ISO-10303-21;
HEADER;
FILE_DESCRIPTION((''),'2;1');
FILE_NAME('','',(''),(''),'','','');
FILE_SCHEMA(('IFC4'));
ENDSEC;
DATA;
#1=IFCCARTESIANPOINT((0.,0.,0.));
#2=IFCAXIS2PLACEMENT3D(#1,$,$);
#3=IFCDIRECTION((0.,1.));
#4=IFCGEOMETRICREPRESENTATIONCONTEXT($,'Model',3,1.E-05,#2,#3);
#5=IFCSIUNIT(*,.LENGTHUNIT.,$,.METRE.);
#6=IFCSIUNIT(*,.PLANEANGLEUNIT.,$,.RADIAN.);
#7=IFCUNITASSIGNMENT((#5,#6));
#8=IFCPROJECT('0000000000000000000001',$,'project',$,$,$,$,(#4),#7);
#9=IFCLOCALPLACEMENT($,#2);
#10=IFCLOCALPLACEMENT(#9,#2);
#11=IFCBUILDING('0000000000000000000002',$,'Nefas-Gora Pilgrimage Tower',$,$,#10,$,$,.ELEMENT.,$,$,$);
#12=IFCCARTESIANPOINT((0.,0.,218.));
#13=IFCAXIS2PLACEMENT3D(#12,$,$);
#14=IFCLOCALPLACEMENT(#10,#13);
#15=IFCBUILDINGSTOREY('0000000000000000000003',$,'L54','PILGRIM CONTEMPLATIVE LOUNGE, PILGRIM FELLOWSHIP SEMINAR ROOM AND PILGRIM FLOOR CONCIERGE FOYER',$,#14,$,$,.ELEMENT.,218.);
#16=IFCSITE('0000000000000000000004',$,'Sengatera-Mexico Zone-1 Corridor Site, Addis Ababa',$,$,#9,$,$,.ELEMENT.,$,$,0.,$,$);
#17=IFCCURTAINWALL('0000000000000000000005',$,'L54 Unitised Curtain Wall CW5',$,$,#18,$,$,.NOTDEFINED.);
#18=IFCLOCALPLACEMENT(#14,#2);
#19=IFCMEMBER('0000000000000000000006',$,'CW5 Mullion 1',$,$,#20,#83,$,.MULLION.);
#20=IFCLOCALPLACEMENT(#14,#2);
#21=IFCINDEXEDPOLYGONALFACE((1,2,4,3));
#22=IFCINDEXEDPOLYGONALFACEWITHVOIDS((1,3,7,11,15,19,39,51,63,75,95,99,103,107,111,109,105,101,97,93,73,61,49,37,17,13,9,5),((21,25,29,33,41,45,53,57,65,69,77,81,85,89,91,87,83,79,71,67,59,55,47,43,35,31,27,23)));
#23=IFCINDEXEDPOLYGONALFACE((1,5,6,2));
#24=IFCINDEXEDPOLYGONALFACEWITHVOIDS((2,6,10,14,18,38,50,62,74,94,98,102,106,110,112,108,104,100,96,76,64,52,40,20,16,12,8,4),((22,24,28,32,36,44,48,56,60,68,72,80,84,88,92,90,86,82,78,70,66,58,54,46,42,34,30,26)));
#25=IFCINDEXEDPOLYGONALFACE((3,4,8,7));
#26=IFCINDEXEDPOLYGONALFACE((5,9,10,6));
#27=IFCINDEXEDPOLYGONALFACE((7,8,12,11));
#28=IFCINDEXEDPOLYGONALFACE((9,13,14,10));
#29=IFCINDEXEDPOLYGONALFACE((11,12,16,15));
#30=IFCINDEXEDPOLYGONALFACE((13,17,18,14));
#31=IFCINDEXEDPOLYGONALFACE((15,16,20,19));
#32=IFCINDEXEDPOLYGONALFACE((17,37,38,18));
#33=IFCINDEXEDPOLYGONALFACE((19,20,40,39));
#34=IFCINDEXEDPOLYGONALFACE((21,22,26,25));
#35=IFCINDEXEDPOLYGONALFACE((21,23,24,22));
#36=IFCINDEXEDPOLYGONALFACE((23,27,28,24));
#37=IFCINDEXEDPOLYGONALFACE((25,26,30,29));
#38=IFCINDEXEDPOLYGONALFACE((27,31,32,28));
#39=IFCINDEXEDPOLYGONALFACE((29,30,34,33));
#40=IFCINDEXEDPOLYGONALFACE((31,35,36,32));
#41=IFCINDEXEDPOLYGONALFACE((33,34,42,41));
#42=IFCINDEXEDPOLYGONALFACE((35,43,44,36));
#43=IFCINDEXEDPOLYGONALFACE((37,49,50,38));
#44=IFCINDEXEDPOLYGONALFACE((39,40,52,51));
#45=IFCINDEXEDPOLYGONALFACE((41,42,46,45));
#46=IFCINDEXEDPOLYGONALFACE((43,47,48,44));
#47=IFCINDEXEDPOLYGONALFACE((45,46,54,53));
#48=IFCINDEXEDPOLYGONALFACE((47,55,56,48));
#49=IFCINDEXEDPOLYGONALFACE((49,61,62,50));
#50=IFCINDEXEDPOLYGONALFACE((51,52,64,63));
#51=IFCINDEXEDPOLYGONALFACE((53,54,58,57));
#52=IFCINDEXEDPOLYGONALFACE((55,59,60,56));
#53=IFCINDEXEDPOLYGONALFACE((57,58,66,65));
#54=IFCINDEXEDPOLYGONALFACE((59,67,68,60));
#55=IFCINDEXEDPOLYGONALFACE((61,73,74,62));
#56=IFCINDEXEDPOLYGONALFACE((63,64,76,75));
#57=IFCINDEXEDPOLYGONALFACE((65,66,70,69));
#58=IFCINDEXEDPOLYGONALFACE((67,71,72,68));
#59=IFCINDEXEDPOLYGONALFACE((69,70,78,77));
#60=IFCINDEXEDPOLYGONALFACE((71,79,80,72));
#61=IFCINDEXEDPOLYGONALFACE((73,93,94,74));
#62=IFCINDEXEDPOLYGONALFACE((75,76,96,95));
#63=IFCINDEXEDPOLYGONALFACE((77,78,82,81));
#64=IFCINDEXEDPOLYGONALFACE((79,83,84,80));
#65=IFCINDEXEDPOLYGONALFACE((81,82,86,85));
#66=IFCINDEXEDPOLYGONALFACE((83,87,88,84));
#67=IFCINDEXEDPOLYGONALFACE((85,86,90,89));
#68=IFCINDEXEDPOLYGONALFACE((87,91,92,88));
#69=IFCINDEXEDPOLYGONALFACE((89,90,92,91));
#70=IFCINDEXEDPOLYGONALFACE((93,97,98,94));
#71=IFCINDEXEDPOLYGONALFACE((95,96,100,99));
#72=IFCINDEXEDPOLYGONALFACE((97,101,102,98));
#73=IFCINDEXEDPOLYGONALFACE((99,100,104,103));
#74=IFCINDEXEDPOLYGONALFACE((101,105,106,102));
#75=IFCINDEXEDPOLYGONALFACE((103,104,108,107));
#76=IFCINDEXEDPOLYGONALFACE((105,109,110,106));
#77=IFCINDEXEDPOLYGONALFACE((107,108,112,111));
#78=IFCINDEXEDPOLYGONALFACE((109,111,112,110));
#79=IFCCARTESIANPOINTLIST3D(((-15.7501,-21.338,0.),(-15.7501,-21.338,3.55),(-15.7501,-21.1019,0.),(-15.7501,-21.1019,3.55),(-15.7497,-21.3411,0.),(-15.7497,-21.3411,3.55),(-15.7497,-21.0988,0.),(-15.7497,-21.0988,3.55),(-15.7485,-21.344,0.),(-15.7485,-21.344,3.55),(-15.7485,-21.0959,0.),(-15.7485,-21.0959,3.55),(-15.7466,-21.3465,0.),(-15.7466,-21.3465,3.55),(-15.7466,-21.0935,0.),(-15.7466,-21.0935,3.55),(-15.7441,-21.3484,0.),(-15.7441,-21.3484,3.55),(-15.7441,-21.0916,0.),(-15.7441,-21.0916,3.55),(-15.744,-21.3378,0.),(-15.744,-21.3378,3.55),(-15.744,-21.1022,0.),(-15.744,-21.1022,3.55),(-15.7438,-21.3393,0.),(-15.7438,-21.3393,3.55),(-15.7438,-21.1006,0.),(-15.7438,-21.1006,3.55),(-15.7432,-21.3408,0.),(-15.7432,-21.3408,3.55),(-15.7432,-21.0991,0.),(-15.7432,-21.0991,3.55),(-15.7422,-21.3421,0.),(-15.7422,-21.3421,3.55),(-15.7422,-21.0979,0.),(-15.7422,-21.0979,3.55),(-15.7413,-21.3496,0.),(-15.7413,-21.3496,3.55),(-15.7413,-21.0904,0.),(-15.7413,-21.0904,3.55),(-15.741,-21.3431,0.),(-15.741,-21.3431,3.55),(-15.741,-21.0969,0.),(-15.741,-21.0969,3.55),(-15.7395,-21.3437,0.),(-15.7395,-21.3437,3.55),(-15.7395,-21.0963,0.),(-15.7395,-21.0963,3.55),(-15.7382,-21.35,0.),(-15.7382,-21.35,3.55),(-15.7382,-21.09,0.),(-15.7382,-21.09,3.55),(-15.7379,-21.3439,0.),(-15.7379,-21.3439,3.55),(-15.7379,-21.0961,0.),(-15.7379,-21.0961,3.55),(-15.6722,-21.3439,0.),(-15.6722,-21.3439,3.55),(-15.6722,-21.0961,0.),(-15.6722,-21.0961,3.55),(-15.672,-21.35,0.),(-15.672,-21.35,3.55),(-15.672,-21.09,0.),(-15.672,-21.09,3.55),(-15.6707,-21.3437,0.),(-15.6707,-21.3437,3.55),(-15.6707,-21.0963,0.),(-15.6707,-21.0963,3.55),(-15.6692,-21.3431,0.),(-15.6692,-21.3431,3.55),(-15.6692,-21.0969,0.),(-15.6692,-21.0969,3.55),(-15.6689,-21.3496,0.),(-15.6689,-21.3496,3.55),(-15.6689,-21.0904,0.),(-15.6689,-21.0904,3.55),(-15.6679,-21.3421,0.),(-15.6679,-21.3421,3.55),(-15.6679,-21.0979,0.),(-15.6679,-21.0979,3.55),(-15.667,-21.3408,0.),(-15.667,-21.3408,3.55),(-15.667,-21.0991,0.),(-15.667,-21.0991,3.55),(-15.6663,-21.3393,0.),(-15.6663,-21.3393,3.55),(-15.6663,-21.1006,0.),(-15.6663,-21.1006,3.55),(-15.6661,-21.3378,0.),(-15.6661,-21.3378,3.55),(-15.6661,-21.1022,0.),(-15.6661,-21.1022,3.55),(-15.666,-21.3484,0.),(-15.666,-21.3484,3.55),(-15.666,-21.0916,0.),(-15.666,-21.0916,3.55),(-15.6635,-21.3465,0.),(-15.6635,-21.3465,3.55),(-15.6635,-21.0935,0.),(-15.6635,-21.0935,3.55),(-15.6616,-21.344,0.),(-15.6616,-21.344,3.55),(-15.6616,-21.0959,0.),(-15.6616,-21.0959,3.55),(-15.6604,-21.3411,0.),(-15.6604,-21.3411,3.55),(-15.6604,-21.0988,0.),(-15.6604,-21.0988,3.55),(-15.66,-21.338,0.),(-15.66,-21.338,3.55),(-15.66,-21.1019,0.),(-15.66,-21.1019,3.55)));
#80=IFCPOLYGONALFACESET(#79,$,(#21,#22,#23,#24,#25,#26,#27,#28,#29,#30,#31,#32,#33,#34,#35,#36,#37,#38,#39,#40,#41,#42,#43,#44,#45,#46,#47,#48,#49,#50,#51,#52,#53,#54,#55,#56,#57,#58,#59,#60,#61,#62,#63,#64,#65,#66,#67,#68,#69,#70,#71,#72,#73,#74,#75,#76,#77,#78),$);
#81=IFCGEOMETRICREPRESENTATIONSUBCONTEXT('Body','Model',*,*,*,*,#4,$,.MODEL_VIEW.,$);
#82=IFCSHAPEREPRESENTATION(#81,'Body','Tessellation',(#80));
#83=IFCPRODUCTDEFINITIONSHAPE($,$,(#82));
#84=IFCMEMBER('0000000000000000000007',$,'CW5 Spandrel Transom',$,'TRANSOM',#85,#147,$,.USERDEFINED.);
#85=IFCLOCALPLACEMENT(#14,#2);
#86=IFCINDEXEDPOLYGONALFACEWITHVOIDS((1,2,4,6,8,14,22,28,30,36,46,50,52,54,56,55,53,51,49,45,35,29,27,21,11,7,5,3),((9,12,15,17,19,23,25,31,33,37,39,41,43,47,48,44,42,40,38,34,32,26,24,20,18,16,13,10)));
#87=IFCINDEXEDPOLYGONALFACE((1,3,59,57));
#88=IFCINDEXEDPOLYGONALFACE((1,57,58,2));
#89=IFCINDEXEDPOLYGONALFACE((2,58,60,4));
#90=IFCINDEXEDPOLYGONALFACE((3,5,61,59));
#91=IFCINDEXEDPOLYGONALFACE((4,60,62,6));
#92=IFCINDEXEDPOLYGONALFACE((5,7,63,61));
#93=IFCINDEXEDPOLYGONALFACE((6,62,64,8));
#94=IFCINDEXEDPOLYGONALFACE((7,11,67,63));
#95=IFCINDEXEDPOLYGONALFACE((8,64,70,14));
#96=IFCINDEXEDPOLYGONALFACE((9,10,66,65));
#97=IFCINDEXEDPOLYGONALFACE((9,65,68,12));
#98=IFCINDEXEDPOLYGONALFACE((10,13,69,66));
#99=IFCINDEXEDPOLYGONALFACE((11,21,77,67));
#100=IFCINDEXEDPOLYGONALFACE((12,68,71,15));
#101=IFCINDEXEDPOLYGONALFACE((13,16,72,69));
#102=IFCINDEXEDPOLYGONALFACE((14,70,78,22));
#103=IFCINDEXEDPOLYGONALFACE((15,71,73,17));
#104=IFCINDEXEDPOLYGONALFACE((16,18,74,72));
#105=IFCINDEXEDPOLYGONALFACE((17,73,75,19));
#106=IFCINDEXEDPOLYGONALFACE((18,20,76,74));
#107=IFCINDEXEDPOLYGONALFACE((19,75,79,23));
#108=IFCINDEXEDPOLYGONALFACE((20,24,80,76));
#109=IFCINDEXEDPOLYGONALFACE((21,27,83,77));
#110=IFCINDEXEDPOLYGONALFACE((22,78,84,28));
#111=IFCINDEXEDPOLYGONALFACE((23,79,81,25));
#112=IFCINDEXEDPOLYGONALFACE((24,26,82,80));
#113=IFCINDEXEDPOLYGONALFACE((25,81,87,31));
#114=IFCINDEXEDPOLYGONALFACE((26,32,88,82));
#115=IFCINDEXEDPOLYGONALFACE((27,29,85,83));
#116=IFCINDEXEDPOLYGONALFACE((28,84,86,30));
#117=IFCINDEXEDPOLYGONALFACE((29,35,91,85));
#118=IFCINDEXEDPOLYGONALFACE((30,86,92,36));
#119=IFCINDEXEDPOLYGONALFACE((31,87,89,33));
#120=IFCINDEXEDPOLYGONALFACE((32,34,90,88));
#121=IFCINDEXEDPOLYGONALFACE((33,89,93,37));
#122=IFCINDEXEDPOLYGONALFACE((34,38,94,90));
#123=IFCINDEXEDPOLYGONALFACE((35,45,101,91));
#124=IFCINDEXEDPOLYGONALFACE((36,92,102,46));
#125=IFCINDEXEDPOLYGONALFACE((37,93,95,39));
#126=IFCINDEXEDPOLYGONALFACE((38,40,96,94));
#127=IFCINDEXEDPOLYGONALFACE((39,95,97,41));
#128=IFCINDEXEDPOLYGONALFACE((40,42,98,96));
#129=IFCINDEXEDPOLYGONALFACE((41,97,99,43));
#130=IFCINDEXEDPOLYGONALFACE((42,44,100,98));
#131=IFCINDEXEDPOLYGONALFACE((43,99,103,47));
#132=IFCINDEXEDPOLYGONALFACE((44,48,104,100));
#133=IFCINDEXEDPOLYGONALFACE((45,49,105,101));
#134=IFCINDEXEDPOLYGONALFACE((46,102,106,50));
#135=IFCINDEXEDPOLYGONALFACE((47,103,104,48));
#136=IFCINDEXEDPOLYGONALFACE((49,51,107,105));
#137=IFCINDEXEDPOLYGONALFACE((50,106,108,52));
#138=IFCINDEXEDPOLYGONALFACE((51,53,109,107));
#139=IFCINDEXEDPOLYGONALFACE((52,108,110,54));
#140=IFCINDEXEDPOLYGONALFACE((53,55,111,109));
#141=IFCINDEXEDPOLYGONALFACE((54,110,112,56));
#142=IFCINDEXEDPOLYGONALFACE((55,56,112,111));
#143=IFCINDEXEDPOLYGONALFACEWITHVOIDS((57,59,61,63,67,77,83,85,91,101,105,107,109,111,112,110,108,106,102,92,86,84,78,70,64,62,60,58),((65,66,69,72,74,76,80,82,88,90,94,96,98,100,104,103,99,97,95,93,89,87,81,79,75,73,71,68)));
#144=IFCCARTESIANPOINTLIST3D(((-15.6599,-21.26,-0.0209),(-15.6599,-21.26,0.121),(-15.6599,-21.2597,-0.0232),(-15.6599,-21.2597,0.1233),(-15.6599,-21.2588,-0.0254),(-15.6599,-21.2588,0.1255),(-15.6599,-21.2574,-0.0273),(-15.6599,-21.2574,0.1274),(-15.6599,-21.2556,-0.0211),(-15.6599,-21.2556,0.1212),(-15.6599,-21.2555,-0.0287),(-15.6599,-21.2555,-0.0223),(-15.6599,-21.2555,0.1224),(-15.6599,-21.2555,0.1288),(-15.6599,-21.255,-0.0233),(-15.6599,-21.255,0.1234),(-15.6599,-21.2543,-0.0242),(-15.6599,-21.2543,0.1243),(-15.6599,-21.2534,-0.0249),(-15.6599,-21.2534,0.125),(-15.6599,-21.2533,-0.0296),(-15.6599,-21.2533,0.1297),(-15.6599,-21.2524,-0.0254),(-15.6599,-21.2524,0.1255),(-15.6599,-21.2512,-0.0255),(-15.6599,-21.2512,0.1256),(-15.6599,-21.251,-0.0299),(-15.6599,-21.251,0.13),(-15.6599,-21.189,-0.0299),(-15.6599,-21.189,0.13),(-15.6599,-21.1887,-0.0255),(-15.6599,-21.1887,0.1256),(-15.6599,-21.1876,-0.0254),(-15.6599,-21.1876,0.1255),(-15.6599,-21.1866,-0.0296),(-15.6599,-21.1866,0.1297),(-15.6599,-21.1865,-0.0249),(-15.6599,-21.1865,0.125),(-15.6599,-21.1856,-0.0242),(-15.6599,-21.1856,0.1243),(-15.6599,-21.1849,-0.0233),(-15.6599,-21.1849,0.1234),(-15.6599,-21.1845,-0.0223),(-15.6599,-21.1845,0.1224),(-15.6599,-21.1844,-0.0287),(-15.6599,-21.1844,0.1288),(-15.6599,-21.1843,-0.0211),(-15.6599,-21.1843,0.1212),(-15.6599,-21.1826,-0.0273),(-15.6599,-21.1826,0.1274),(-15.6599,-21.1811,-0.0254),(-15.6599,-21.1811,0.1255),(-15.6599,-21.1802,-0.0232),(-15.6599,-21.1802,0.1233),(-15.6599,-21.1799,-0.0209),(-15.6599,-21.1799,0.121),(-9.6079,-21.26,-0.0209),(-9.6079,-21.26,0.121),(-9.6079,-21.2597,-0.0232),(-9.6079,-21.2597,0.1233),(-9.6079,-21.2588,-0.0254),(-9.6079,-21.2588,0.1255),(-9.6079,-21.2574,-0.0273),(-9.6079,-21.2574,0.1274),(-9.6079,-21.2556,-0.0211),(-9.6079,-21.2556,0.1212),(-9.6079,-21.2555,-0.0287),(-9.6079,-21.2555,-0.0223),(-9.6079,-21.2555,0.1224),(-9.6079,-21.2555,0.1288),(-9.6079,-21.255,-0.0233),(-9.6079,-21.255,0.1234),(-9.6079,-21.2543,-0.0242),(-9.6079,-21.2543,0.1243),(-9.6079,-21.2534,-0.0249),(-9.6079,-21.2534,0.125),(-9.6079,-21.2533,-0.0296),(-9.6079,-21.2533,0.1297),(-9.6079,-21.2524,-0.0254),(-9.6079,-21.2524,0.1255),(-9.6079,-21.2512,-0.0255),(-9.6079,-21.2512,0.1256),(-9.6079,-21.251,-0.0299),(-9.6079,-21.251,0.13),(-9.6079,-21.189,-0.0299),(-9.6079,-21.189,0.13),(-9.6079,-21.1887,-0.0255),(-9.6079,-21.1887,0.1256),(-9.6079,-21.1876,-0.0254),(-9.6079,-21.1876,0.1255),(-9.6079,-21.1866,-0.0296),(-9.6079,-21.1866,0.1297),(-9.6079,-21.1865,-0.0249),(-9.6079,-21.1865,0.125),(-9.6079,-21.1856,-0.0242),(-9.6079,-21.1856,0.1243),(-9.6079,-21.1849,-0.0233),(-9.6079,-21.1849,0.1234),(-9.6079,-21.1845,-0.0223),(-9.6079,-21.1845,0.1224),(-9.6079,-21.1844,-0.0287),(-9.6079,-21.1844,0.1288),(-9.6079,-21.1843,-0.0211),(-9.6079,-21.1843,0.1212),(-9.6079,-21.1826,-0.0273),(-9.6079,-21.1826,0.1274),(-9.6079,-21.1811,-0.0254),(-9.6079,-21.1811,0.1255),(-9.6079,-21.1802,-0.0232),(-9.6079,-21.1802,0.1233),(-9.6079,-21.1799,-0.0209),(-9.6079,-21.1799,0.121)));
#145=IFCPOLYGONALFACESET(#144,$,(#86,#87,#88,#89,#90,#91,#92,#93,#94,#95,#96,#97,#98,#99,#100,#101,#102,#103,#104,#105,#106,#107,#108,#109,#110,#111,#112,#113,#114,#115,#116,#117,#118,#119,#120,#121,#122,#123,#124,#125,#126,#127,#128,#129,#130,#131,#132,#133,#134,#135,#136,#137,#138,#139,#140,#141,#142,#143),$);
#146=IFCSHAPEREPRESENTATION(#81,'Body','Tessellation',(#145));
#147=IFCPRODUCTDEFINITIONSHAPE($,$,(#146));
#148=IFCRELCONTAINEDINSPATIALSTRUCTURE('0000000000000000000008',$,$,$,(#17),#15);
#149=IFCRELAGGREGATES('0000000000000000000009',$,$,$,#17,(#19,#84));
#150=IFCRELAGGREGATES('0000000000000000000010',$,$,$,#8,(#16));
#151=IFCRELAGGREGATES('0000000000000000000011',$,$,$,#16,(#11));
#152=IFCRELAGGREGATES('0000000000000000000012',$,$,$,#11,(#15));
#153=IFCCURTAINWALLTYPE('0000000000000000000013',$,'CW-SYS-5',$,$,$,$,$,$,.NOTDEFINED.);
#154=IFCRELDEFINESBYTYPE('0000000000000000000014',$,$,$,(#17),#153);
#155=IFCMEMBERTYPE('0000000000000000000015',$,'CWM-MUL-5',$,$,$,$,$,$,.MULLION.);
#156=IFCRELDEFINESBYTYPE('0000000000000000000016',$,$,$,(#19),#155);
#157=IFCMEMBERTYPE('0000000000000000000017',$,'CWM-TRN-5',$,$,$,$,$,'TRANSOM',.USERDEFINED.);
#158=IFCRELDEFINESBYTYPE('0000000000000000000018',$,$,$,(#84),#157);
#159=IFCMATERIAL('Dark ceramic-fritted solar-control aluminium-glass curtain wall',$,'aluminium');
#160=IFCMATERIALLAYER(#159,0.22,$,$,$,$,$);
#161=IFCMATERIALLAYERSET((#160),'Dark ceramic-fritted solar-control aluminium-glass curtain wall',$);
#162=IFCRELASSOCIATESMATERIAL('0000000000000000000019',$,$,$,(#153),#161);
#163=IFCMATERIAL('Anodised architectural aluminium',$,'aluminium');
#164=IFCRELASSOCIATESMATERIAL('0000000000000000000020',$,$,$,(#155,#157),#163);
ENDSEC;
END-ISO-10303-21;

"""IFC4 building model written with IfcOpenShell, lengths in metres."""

from ifc_helpers import new_model, si_unit, direction, frame, origin, origin_2d, place, context, subcontext, project, spatial, hollow_rectangle, extrude, source, transform, mapped, material, layer, layer_set, material_profile, profile_set, type_object, element, aggregate, save


model = new_model("IFC4")

# Units and contexts
model_context = context("Model", 3, precision=1e-05, world=origin(), true_north=direction((0.0, 1.0)))
body_context = subcontext(model_context, "Body", "Model", "MODEL_VIEW")
ifc_project = project(units=[si_unit("LENGTHUNIT", "METRE"), si_unit("PLANEANGLEUNIT", "RADIAN")], contexts=[model_context])

# Site, building, storey
site_placement = place(None, origin())
site = spatial("IfcSite", under=ifc_project, at=site_placement, Name="Sengatera-Mexico Zone-1 Corridor Site, Addis Ababa", CompositionType="ELEMENT", RefElevation=0.0)
building_placement = place(site_placement, origin())
building = spatial("IfcBuilding", under=site, at=building_placement, Name="Nefas-Gora Pilgrimage Tower", CompositionType="ELEMENT")
storey_placement = place(building_placement, frame((0.0, 0.0, 218.0)))
storey = spatial("IfcBuildingStorey", under=building, at=storey_placement, Name="L54", Description="PILGRIM CONTEMPLATIVE LOUNGE, PILGRIM FELLOWSHIP SEMINAR ROOM AND PILGRIM FLOOR CONCIERGE FOYER", CompositionType="ELEMENT", Elevation=218.0)

# Curtain wall, members
ifc_material_1 = material(Name="Dark ceramic-fritted solar-control aluminium-glass curtain wall", Category="aluminium")
ifc_layer_1 = layer(ifc_material_1, 0.22)
ifc_layer_set_1 = layer_set([ifc_layer_1], Name="Dark ceramic-fritted solar-control aluminium-glass curtain wall")
curtain_wall_type_1 = type_object("IfcCurtainWallType", Name="CW-SYS-5", PredefinedType="NOTDEFINED", material=ifc_layer_set_1)
curtain_wall_1_placement = place(storey_placement, origin())
curtain_wall_1 = element("IfcCurtainWall", 1, at=curtain_wall_1_placement, inside=storey, type_object=curtain_wall_type_1, Name="L54 Unitised Curtain Wall CW5", PredefinedType="NOTDEFINED")
ifc_material_2 = material(Name="Anodised architectural aluminium", Category="aluminium")
ifc_material_profile_1 = material_profile(ifc_material_2, hollow_rectangle(XDim=0.0901, YDim=0.26, WallThickness=0.0061, InnerFilletRadius=0.0061, OuterFilletRadius=0.012, at=origin_2d()), Name="ALU MULLION 90x260")
ifc_profile_set_1 = profile_set([ifc_material_profile_1], Name="Anodised architectural aluminium")
member_type_1 = type_object("IfcMemberType", Name="CWM-MUL-5", PredefinedType="MULLION", material=ifc_profile_set_1)
shared_shape_1 = source(origin(), body_context, "Body", "SweptSolid", [
    extrude(hollow_rectangle(XDim=0.0901, YDim=0.26, WallThickness=0.0061, InnerFilletRadius=0.0061, OuterFilletRadius=0.012, at=origin_2d()), origin(), (0.0, 0.0, 1.0), 3.55),
])
member_1_placement = place(storey_placement, frame((-15.7051, -21.22, 0.0), z_axis=(0.0, 0.0, 1.0), x_axis=(1.0, 0.0, 0.0)))
member_1 = element("IfcMember", 2, at=member_1_placement, type_object=member_type_1, Name="CW5 Mullion 1", PredefinedType="MULLION", context=body_context, shape_type="MappedRepresentation", body=[
    mapped(shared_shape_1, transform((0.0, 0.0, 0.0), x_axis=(1.0, 0.0, 0.0), y_axis=(0.0, 1.0, 0.0), z_axis=(0.0, 0.0, 1.0), scale=1.0)),
])
ifc_material_profile_2 = material_profile(ifc_material_2, hollow_rectangle(XDim=0.0801, YDim=0.1599, WallThickness=0.0044, InnerFilletRadius=0.0044, OuterFilletRadius=0.009, at=origin_2d()), Name="ALU TRANSOM 80x160")
ifc_profile_set_2 = profile_set([ifc_material_profile_2], Name="Anodised architectural aluminium")
member_type_2 = type_object("IfcMemberType", Name="CWM-TRN-5", ElementType="TRANSOM", PredefinedType="USERDEFINED", material=ifc_profile_set_2)
shared_shape_2 = source(origin(), body_context, "Body", "SweptSolid", [
    extrude(hollow_rectangle(XDim=0.0801, YDim=0.1599, WallThickness=0.0044, InnerFilletRadius=0.0044, OuterFilletRadius=0.009, at=origin_2d()), origin(), (0.0, 0.0, 1.0), 6.052),
])
member_2_placement = place(storey_placement, frame((-15.6599, -21.22, 0.05), z_axis=(1.0, 0.0, 0.0), x_axis=(0.0, 1.0, 0.0)))
member_2 = element("IfcMember", 3, at=member_2_placement, type_object=member_type_2, Name="CW5 Spandrel Transom", ObjectType="TRANSOM", PredefinedType="USERDEFINED", context=body_context, shape_type="MappedRepresentation", body=[
    mapped(shared_shape_2, transform((0.0, 0.0, 0.0), x_axis=(1.0, 0.0, 0.0), y_axis=(0.0, 1.0, 0.0), z_axis=(0.0, 0.0, 1.0), scale=1.0)),
])

aggregate(curtain_wall_1, [member_1, member_2])

save(model, "model.ifc")
